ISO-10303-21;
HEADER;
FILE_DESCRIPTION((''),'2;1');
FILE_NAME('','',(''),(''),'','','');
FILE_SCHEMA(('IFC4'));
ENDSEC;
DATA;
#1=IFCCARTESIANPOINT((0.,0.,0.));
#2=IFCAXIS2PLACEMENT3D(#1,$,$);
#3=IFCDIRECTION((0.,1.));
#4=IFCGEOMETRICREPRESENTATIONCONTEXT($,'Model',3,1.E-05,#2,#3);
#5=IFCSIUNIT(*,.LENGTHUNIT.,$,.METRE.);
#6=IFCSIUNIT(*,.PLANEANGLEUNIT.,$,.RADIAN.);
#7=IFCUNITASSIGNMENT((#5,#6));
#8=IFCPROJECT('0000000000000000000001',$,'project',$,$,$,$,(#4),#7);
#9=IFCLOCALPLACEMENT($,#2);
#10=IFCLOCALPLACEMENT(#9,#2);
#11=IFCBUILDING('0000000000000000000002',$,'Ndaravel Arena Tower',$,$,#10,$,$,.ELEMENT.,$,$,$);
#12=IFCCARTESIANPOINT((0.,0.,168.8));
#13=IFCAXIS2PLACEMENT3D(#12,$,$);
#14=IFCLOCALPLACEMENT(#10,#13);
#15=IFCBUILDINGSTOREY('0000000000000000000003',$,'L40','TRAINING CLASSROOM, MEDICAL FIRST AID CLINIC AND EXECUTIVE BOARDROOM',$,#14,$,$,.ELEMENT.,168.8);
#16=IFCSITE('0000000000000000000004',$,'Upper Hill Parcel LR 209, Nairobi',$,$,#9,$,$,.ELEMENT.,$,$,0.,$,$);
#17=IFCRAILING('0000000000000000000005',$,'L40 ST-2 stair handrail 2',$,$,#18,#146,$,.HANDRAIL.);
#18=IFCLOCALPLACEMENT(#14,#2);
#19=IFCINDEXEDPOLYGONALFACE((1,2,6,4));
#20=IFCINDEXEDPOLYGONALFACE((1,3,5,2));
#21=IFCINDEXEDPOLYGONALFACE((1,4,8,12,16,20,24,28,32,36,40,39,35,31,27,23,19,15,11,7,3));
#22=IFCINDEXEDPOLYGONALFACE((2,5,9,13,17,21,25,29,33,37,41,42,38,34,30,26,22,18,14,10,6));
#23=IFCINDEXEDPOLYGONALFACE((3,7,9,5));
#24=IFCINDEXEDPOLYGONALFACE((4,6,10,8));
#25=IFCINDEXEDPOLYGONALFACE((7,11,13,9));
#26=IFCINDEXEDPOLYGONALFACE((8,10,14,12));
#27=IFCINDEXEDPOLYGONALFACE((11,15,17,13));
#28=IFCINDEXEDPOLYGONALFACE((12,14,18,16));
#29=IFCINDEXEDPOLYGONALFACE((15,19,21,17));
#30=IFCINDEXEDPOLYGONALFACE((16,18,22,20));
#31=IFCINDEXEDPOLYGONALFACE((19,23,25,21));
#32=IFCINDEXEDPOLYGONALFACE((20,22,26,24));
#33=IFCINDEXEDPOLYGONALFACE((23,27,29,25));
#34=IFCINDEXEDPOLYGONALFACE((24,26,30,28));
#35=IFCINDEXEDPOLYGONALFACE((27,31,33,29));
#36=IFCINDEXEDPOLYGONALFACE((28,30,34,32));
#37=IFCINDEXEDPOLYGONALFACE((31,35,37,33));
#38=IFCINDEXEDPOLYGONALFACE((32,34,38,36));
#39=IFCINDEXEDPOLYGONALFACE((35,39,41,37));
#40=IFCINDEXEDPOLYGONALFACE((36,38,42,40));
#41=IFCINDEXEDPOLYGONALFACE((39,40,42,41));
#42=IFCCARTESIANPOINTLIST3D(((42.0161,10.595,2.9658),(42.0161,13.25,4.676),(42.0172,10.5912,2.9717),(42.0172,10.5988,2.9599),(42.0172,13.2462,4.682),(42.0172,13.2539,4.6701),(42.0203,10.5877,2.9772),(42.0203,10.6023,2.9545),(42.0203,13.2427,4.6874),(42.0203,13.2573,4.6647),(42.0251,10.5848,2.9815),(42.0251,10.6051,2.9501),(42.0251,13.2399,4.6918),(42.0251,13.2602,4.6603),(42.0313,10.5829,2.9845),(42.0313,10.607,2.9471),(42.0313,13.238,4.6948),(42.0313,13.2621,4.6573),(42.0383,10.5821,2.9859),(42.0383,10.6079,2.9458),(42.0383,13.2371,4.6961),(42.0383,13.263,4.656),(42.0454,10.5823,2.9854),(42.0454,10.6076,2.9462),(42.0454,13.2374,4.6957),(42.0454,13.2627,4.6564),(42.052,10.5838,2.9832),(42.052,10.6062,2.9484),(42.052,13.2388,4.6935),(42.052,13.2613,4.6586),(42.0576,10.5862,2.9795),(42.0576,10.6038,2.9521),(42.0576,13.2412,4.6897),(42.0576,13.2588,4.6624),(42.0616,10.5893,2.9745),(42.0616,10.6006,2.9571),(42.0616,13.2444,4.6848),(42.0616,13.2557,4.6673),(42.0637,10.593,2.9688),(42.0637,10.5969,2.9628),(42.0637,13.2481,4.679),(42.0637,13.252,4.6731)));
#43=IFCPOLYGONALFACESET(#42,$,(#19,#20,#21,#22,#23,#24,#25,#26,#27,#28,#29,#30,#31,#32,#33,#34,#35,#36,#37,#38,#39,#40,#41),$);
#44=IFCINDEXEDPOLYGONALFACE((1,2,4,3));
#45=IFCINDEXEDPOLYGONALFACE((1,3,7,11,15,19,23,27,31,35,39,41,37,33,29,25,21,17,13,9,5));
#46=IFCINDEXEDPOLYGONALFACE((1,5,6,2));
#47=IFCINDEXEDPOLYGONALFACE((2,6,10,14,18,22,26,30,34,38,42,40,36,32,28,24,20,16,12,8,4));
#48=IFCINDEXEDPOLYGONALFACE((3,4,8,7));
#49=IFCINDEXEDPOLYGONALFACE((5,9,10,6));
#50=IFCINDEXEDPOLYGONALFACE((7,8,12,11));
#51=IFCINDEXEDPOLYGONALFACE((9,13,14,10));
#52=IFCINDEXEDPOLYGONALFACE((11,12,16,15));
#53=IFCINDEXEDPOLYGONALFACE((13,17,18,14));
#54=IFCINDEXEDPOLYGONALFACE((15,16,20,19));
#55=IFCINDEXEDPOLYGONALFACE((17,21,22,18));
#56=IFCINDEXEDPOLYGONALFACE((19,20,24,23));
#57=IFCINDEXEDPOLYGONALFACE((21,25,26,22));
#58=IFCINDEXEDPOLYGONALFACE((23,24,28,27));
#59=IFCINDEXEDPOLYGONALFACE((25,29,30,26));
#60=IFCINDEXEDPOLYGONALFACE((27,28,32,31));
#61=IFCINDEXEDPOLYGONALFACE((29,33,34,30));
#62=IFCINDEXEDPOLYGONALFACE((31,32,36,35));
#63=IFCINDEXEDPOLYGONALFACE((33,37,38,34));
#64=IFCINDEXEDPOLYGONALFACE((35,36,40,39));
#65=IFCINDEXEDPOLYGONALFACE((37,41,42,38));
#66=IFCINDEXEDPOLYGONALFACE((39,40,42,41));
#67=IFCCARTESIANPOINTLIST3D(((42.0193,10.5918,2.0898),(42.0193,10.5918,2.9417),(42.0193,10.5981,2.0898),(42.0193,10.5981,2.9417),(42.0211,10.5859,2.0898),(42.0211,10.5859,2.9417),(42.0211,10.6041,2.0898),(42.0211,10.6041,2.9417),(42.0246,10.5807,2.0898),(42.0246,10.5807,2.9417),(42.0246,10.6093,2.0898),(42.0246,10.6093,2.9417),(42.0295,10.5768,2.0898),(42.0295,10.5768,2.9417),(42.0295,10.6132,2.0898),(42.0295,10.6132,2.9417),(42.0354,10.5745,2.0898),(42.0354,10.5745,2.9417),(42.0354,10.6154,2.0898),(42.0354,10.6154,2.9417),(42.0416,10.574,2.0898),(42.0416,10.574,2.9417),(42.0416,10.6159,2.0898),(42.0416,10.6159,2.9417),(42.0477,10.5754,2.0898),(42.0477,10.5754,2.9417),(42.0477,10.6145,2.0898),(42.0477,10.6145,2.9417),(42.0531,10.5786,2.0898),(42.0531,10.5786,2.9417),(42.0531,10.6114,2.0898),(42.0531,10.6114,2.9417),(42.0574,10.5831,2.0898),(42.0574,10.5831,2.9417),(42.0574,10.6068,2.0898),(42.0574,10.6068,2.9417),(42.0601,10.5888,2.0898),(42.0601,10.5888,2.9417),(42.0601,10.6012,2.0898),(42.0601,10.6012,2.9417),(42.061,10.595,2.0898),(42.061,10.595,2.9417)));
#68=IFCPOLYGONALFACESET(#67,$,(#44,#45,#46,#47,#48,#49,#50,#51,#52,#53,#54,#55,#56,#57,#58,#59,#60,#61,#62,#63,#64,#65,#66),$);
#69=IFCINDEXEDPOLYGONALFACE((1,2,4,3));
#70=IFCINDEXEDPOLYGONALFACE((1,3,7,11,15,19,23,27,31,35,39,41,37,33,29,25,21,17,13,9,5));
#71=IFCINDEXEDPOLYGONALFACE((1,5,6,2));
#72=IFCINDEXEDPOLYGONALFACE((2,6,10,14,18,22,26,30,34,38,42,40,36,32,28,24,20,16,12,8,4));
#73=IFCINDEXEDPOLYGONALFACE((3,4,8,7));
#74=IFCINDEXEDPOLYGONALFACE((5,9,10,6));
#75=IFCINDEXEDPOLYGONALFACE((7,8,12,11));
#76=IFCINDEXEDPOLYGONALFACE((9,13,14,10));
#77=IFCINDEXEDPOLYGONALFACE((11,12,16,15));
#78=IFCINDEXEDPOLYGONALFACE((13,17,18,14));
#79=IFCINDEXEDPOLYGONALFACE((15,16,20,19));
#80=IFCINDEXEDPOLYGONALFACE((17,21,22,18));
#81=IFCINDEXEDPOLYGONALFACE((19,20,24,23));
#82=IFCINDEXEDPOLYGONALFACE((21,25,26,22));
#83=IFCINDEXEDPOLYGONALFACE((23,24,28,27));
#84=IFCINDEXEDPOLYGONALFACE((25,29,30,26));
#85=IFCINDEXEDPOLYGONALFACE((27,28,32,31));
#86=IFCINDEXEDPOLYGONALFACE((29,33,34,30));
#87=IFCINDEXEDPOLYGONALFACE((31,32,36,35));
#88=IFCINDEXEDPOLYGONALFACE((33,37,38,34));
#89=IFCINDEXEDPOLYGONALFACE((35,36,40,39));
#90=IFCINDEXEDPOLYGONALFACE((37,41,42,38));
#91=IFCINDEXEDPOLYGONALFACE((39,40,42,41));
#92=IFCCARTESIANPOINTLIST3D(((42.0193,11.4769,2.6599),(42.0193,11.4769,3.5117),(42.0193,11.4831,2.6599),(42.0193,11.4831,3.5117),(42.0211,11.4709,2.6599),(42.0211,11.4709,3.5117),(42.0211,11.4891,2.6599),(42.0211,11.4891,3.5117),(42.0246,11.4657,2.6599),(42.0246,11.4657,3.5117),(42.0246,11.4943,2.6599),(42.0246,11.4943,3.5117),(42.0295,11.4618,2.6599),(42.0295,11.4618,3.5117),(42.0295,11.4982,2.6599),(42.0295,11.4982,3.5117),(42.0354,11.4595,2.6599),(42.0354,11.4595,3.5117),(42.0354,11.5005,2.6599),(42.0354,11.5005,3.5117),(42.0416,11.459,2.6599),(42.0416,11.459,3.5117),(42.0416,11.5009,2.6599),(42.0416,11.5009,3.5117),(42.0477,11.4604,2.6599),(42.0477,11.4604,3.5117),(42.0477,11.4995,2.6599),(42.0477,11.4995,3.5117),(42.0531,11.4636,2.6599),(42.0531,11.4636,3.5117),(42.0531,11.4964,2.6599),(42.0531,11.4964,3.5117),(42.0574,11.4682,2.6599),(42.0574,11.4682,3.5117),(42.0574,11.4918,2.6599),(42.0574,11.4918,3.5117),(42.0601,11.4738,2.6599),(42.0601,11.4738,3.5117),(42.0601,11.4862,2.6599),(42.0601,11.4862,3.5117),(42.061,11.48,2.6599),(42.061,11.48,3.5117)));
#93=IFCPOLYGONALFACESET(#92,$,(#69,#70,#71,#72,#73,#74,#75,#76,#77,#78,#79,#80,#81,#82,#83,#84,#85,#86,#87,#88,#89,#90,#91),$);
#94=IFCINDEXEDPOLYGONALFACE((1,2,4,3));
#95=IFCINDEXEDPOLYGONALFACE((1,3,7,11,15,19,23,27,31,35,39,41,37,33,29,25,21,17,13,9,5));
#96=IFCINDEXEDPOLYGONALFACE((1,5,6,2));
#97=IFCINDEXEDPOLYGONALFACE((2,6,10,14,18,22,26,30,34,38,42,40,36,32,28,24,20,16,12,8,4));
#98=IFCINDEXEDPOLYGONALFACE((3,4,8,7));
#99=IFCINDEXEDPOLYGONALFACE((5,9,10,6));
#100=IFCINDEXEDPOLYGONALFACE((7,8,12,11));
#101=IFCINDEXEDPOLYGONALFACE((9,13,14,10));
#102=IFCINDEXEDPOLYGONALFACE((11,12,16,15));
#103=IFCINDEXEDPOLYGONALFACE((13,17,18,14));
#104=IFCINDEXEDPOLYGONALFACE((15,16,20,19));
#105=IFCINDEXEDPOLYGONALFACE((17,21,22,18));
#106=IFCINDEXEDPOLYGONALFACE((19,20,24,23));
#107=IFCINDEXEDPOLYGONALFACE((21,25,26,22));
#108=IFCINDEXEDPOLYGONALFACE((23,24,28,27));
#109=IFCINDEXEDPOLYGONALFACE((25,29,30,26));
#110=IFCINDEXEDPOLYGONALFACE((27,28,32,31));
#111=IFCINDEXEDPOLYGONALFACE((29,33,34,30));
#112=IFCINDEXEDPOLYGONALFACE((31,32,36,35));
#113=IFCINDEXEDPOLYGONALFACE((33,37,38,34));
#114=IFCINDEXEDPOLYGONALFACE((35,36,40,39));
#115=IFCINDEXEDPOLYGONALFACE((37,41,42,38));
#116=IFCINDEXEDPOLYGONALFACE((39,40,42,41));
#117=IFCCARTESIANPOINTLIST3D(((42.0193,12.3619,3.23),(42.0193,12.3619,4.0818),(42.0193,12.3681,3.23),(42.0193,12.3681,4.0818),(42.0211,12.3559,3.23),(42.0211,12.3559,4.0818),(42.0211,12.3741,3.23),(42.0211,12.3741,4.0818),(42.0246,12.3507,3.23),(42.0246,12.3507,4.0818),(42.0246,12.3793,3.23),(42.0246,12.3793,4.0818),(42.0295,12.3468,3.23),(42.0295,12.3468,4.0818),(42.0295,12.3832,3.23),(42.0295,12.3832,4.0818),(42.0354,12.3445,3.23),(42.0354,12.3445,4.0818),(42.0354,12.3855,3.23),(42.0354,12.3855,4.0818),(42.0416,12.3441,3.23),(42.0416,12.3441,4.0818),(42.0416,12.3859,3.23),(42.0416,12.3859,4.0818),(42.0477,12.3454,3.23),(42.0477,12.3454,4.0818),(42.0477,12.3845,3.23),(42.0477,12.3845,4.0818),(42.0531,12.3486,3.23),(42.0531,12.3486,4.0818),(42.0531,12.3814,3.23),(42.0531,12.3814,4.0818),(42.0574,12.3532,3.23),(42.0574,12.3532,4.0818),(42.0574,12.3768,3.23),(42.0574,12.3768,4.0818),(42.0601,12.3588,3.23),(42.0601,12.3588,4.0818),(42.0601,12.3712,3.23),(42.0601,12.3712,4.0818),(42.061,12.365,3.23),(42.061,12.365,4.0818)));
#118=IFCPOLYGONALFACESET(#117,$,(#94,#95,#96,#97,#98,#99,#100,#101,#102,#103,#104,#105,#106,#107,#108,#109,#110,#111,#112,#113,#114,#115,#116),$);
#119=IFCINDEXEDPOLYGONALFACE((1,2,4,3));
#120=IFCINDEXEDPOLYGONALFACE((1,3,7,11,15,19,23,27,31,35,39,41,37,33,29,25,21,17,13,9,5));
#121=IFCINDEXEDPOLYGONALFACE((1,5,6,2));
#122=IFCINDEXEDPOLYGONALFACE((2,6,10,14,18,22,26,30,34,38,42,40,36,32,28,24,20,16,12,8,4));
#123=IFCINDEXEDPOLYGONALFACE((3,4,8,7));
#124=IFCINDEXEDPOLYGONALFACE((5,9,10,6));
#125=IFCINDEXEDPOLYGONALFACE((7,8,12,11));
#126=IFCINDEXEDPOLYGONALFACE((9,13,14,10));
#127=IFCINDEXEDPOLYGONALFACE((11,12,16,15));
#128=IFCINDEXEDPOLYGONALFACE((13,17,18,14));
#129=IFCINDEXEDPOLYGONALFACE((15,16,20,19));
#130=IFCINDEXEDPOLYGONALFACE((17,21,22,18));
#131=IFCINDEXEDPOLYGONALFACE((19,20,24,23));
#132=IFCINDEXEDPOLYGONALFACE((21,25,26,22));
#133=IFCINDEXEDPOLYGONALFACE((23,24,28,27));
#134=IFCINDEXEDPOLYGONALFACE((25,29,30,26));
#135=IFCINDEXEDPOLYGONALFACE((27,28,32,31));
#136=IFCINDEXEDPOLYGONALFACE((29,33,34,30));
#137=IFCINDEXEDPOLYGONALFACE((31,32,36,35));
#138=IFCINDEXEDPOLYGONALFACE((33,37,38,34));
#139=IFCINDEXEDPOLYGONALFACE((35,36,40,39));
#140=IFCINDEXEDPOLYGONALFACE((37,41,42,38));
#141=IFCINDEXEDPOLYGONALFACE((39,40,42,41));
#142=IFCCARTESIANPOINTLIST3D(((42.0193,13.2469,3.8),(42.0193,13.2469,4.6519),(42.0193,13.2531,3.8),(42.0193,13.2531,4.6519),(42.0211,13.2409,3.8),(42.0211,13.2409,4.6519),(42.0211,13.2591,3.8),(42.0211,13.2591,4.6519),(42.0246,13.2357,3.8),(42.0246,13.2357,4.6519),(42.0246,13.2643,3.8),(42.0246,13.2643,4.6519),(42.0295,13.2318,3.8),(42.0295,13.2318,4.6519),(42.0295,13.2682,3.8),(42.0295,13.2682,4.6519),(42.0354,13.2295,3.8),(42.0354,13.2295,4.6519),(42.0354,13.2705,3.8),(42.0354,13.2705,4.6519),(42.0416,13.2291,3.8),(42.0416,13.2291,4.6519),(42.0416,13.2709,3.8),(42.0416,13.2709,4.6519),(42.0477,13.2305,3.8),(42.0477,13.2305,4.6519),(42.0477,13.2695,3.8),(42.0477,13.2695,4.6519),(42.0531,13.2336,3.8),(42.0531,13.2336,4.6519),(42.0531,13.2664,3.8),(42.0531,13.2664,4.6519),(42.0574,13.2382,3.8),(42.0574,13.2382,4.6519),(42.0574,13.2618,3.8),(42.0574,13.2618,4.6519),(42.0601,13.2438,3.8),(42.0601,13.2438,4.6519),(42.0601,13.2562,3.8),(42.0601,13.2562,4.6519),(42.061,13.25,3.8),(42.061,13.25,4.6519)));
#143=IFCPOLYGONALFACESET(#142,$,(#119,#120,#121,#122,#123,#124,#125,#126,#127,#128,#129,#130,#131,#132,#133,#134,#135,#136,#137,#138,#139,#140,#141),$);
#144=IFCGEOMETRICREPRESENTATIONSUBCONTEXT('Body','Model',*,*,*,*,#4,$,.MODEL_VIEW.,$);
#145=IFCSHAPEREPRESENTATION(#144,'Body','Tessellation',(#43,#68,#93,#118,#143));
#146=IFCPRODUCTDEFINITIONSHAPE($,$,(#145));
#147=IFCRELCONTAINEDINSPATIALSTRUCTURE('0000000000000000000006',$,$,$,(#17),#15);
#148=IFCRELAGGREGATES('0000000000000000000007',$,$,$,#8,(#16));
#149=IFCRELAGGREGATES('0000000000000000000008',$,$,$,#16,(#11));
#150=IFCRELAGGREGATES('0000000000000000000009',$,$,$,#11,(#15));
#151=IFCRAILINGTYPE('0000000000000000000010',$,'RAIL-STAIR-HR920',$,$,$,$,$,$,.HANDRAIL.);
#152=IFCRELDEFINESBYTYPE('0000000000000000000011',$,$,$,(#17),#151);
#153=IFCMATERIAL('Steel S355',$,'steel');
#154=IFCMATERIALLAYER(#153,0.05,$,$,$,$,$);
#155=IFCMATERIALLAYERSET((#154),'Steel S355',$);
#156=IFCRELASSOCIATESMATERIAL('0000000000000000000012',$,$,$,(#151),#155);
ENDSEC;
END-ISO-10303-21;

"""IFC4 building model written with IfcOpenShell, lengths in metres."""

from ifc_helpers import new_model, si_unit, direction, frame, origin, origin_2d, place, context, subcontext, project, spatial, circle, extrude, material, layer, layer_set, type_object, element, save


model = new_model("IFC4")

# Units and contexts
model_context = context("Model", 3, precision=1e-05, world=origin(), true_north=direction((0.0, 1.0)))
body_context = subcontext(model_context, "Body", "Model", "MODEL_VIEW")
ifc_project = project(units=[si_unit("LENGTHUNIT", "METRE"), si_unit("PLANEANGLEUNIT", "RADIAN")], contexts=[model_context])

# Site, building, storey
site_placement = place(None, origin())
site = spatial("IfcSite", under=ifc_project, at=site_placement, Name="Upper Hill Parcel LR 209, Nairobi", CompositionType="ELEMENT", RefElevation=0.0)
building_placement = place(site_placement, origin())
building = spatial("IfcBuilding", under=site, at=building_placement, Name="Ndaravel Arena Tower", CompositionType="ELEMENT")
storey_placement = place(building_placement, frame((0.0, 0.0, 168.8)))
storey = spatial("IfcBuildingStorey", under=building, at=storey_placement, Name="L40", Description="TRAINING CLASSROOM, MEDICAL FIRST AID CLINIC AND EXECUTIVE BOARDROOM", CompositionType="ELEMENT", Elevation=168.8)

# Railing
ifc_material_1 = material(Name="Steel S355", Category="steel")
ifc_layer_1 = layer(ifc_material_1, 0.05)
ifc_layer_set_1 = layer_set([ifc_layer_1], Name="Steel S355")
railing_type_1 = type_object("IfcRailingType", Name="RAIL-STAIR-HR920", PredefinedType="HANDRAIL", material=ifc_layer_set_1)
railing_1_placement = place(storey_placement, frame((42.04, 10.595, 2.0898)))
element("IfcRailing", 1, at=railing_1_placement, inside=storey, type_object=railing_type_1, Name="L40 ST-2 stair handrail 2", PredefinedType="HANDRAIL", context=body_context, shape_type="SweptSolid", body=[
    extrude(circle(Radius=0.0239, at=origin_2d()), frame((0.0, 0.0, 0.876), z_axis=(0.0, 0.840688, 0.541519), x_axis=(-1.0, 0.0, 0.0)), (0.0, 0.0, 1.0), 3.1582),
    extrude(circle(Radius=0.021, at=origin_2d()), origin(), (0.0, 0.0, 1.0), 0.8518),
    extrude(circle(Radius=0.021, at=origin_2d()), frame((0.0, 0.885, 0.5701)), (0.0, 0.0, 1.0), 0.8518),
    extrude(circle(Radius=0.021, at=origin_2d()), frame((0.0, 1.77, 1.1401)), (0.0, 0.0, 1.0), 0.8518),
    extrude(circle(Radius=0.021, at=origin_2d()), frame((0.0, 2.655, 1.7102)), (0.0, 0.0, 1.0), 0.8518),
])

save(model, "model.ifc")
